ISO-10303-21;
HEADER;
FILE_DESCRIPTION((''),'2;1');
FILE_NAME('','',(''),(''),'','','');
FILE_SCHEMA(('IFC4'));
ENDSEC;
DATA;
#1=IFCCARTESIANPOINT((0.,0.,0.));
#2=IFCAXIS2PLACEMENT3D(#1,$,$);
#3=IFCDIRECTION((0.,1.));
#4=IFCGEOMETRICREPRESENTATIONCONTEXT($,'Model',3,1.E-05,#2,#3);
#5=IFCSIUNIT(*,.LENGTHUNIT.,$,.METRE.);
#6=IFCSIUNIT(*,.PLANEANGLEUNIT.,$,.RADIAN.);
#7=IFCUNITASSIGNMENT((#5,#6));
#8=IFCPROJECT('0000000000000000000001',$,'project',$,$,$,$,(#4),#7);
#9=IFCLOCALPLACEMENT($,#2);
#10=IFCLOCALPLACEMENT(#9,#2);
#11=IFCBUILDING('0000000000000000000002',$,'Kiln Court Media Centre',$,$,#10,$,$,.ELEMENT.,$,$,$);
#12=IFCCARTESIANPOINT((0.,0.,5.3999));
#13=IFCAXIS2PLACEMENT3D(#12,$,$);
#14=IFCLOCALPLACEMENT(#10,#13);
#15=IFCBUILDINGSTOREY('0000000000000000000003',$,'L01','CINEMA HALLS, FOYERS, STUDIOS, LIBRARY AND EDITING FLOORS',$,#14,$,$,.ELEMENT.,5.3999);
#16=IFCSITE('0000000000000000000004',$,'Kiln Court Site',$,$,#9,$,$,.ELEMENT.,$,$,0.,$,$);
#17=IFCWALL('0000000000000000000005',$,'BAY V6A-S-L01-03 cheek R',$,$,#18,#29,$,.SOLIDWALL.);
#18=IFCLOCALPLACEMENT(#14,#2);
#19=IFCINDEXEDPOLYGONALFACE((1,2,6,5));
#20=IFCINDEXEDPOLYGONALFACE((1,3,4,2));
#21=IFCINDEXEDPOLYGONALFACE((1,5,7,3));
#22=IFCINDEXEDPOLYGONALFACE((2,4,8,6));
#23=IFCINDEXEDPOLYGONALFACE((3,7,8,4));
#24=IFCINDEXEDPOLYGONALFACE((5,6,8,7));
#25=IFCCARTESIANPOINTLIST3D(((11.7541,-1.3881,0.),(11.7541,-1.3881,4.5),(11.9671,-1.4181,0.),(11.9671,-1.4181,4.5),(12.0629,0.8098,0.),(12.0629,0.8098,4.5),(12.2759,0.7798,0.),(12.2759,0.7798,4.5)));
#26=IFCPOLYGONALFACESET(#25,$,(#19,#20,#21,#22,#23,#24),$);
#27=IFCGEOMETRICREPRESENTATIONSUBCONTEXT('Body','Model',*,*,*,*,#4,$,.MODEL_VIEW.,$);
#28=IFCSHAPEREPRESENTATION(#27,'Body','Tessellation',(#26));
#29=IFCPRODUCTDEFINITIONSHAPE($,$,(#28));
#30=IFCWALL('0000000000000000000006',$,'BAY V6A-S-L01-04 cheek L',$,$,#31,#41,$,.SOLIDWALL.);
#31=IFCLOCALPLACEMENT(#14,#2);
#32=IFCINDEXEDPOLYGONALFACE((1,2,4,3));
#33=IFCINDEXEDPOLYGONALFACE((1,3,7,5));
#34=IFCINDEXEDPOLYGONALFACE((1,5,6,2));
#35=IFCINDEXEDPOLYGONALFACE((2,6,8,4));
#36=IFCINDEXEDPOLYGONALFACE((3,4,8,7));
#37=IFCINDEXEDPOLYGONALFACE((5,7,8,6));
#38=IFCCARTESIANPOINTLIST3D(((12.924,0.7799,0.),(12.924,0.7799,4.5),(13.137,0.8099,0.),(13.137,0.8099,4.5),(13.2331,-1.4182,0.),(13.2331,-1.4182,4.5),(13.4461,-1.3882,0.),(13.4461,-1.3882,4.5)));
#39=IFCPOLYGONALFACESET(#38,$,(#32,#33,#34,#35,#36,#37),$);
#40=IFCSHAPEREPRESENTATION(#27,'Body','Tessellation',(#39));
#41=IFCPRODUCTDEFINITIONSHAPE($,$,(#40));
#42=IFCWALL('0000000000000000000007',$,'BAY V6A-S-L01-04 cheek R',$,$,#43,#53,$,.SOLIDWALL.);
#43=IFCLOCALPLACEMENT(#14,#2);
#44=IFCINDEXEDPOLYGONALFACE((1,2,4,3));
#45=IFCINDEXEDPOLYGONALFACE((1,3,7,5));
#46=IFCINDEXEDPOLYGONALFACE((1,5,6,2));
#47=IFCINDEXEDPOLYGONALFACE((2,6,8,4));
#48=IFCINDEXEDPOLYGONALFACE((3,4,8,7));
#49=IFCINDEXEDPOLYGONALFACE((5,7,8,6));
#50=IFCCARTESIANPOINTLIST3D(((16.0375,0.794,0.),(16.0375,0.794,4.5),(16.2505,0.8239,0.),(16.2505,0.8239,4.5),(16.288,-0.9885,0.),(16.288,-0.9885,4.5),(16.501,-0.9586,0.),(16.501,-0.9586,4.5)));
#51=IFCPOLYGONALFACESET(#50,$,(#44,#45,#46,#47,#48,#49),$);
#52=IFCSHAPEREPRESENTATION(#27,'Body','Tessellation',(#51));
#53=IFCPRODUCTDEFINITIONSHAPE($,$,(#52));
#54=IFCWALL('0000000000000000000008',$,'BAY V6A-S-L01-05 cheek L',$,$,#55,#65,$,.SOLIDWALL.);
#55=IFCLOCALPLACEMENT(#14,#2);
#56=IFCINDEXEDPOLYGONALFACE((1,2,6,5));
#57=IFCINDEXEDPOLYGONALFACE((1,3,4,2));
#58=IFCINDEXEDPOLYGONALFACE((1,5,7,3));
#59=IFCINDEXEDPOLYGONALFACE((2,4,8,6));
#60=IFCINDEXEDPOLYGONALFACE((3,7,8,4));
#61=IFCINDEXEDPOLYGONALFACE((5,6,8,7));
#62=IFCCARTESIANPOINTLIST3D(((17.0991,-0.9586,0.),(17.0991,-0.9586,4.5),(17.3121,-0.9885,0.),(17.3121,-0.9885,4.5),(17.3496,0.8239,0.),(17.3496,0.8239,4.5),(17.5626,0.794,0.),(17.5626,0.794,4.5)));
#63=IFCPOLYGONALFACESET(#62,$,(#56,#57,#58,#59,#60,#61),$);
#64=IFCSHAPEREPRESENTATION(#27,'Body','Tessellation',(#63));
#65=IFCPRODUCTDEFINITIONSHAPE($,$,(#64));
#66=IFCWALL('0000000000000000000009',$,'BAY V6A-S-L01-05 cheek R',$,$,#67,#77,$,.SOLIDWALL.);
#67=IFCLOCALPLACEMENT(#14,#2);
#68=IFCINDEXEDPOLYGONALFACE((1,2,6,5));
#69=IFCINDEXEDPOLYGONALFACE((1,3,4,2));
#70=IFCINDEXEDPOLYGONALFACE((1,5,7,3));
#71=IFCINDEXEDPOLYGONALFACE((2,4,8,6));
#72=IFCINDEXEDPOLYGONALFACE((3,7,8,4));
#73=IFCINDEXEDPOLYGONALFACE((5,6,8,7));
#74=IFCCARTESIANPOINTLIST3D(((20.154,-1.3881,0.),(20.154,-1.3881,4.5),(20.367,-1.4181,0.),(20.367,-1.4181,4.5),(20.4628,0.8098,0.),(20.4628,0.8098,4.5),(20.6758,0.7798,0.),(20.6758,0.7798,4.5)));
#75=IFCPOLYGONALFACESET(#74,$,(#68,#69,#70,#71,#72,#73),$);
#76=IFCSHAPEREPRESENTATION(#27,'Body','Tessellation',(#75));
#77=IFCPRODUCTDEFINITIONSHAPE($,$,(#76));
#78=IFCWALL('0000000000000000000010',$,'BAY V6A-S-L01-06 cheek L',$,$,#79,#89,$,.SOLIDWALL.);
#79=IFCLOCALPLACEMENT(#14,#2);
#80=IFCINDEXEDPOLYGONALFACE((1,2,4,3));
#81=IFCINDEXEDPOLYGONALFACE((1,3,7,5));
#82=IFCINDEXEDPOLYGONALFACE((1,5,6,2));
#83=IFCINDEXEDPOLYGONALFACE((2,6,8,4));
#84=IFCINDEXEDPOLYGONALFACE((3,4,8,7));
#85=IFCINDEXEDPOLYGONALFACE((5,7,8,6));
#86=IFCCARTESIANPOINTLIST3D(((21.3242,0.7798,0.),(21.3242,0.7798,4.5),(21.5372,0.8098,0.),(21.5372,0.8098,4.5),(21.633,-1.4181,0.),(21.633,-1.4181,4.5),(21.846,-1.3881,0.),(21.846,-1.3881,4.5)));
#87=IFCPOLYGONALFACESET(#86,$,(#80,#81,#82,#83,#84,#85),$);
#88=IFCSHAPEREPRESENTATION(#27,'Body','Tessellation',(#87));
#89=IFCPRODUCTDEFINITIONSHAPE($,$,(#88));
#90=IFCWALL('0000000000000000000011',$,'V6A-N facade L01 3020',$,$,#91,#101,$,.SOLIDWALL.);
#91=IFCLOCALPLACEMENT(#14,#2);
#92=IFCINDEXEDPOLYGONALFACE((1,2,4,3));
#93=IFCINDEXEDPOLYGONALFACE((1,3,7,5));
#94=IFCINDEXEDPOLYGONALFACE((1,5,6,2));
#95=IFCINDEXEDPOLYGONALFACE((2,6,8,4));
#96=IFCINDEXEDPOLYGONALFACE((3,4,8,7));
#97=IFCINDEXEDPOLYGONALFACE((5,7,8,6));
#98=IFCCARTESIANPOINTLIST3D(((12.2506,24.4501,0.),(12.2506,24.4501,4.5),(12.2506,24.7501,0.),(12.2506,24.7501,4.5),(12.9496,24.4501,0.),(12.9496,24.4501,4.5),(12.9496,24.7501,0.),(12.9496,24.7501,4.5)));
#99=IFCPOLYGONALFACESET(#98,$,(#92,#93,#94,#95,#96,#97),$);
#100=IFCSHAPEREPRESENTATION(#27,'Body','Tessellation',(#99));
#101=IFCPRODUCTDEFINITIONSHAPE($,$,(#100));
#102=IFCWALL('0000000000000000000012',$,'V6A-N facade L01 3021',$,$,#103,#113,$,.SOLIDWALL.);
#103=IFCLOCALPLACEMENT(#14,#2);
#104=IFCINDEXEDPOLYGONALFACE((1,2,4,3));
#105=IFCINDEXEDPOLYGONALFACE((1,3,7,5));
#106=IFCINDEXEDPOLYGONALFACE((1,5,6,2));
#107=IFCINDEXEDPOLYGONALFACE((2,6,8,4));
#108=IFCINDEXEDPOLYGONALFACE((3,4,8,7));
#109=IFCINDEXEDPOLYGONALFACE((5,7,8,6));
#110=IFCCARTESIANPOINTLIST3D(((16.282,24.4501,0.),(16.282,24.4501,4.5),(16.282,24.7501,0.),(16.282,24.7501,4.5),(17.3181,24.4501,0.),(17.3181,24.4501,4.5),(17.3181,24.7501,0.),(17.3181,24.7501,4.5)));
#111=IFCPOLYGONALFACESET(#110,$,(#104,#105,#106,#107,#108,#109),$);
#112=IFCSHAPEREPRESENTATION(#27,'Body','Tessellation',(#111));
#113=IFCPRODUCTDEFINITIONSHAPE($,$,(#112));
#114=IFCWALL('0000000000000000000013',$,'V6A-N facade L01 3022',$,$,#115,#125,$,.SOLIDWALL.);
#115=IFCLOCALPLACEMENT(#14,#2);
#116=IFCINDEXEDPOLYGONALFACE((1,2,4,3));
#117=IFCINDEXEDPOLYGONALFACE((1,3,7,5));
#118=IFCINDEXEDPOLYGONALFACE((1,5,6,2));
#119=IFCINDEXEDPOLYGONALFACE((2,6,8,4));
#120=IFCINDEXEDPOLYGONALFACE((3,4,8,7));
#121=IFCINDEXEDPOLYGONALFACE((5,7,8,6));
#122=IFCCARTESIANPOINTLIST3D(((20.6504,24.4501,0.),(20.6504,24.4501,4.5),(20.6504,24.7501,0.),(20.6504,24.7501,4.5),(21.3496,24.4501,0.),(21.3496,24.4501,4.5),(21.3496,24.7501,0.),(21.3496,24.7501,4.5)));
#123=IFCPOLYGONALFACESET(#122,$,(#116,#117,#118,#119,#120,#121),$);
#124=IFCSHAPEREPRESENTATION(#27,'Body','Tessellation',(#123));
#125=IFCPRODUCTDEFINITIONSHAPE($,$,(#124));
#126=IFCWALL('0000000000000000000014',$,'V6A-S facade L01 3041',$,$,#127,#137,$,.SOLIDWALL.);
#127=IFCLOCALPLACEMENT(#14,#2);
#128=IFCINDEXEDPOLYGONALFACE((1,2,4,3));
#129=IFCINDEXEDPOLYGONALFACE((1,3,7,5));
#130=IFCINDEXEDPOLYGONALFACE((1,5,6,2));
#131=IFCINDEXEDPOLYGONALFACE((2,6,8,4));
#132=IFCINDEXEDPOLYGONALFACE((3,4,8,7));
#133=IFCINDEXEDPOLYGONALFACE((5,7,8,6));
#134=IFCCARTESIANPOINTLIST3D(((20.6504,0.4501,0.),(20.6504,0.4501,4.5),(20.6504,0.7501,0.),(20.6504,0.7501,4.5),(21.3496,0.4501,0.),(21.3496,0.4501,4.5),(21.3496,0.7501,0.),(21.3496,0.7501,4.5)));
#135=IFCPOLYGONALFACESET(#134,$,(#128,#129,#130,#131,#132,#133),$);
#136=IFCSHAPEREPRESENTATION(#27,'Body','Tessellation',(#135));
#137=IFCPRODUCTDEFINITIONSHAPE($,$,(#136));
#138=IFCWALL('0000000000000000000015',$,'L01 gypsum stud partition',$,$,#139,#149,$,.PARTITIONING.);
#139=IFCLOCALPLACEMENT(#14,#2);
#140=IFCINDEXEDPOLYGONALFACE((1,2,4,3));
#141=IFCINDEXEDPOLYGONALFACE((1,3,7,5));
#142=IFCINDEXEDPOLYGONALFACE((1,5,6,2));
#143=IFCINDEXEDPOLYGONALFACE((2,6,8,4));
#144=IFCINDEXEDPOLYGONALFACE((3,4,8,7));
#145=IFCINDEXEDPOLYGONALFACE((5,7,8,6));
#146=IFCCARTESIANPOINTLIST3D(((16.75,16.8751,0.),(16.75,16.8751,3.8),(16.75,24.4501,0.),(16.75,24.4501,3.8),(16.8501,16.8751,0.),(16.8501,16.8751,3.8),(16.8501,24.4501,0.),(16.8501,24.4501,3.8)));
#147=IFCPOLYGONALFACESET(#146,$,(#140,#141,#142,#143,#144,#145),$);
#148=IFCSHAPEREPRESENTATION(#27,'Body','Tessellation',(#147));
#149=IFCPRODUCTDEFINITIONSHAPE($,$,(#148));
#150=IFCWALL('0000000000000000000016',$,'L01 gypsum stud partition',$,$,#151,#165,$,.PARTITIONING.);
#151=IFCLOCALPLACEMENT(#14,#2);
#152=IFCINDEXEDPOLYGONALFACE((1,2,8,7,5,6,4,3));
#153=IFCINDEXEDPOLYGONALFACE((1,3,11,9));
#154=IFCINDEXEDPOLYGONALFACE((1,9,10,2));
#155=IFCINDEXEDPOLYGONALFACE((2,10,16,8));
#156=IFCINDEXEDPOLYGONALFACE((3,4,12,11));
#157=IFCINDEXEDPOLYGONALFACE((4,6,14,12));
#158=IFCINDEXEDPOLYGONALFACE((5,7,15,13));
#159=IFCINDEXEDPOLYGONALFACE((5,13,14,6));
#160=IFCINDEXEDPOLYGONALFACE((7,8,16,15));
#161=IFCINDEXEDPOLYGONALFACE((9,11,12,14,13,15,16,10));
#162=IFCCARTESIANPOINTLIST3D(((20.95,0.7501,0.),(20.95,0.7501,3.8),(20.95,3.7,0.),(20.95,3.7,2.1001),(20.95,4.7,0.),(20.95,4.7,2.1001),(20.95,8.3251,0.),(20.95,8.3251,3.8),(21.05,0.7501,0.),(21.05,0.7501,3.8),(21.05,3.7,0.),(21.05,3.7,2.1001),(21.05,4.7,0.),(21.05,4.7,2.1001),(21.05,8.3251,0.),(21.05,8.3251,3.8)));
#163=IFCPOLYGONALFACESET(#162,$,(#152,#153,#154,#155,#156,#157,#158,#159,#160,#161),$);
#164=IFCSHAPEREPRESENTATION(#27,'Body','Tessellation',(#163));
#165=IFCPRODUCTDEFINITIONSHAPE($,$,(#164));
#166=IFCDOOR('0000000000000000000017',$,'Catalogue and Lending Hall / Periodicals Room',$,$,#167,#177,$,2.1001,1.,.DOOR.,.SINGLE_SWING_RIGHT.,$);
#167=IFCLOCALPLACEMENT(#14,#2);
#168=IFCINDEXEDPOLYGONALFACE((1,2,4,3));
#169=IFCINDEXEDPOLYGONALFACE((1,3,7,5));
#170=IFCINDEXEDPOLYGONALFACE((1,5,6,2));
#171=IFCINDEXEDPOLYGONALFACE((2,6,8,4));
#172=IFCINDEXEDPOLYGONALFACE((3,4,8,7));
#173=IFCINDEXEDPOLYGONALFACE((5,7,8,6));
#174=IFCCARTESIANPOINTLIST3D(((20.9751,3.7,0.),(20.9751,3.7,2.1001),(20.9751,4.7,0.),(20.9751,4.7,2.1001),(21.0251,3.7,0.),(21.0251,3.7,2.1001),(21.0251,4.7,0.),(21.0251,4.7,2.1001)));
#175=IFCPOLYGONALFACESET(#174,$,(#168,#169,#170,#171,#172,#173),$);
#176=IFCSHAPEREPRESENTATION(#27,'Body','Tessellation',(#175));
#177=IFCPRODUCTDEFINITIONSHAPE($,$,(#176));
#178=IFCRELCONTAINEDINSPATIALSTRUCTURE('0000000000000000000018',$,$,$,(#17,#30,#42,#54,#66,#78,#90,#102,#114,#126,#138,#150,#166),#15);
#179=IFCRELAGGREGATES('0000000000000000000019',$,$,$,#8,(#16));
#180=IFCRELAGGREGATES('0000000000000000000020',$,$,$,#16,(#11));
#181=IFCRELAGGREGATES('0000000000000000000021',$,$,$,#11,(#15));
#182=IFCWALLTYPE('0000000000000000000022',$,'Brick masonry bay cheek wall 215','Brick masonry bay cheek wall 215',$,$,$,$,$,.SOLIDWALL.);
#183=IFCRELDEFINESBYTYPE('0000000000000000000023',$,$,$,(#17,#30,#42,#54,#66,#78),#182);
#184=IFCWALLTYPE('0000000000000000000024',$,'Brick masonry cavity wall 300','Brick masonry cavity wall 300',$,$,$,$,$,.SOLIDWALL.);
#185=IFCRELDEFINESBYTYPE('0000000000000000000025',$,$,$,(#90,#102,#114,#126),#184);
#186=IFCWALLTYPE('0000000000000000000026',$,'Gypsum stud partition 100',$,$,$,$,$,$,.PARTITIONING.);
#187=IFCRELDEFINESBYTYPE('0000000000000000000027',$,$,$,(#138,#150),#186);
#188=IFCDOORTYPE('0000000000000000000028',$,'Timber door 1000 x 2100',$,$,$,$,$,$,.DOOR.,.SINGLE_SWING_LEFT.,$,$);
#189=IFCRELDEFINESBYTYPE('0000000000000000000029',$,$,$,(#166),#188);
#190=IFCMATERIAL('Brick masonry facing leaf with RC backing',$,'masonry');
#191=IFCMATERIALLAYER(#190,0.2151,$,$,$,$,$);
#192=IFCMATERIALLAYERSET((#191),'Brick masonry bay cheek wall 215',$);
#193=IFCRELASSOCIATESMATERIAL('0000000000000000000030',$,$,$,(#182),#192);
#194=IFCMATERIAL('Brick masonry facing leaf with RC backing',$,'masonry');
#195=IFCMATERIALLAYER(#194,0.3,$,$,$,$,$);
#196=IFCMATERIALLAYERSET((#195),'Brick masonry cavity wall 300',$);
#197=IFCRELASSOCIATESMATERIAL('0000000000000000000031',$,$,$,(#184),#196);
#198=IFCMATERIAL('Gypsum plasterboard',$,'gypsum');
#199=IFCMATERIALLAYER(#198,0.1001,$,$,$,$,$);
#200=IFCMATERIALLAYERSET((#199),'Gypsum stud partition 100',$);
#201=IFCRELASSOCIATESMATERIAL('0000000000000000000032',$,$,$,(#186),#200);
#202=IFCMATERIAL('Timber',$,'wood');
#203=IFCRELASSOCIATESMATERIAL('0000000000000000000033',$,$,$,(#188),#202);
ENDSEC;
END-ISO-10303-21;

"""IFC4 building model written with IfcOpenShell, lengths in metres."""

from ifc_helpers import new_model, si_unit, direction, frame, frame_2d, origin, place, context, subcontext, project, spatial, rectangle, extrude, material, layer, layer_set, type_object, element, fill, save


model = new_model("IFC4")

# Units and contexts
model_context = context("Model", 3, precision=1e-05, world=origin(), true_north=direction((0.0, 1.0)))
body_context = subcontext(model_context, "Body", "Model", "MODEL_VIEW")
ifc_project = project(units=[si_unit("LENGTHUNIT", "METRE"), si_unit("PLANEANGLEUNIT", "RADIAN")], contexts=[model_context])

# Site, building, storey
site_placement = place(None, origin())
site = spatial("IfcSite", under=ifc_project, at=site_placement, Name="Kiln Court Site", CompositionType="ELEMENT", RefElevation=0.0)
building_placement = place(site_placement, origin())
building = spatial("IfcBuilding", under=site, at=building_placement, Name="Kiln Court Media Centre", CompositionType="ELEMENT")
storey_placement = place(building_placement, frame((0.0, 0.0, 5.3999)))
storey = spatial("IfcBuildingStorey", under=building, at=storey_placement, Name="L01", Description="CINEMA HALLS, FOYERS, STUDIOS, LIBRARY AND EDITING FLOORS", CompositionType="ELEMENT", Elevation=5.3999)

# Walls
ifc_material_1 = material(Name="Brick masonry facing leaf with RC backing", Category="masonry")
ifc_layer_1 = layer(ifc_material_1, 0.2151)
ifc_layer_set_1 = layer_set([ifc_layer_1], Name="Brick masonry bay cheek wall 215")
wall_type_1 = type_object("IfcWallType", Name="Brick masonry bay cheek wall 215", Description="Brick masonry bay cheek wall 215", PredefinedType="SOLIDWALL", material=ifc_layer_set_1)
wall_1_placement = place(storey_placement, frame((12.1694, 0.7949, 0.0), z_axis=(0.0, 0.0, 1.0), x_axis=(-0.139142, -0.990272, 0.0)))
element("IfcWall", 1, at=wall_1_placement, inside=storey, type_object=wall_type_1, Name="BAY V6A-S-L01-03 cheek R", PredefinedType="SOLIDWALL", context=body_context, shape_type="SweptSolid", body=[
    extrude(rectangle(XDim=2.2195, YDim=0.2151, at=frame_2d((1.1099, 0.0))), origin(), (0.0, 0.0, 1.0), 4.5),
])
wall_2_placement = place(storey_placement, frame((13.0305, 0.7949, 0.0), z_axis=(0.0, 0.0, 1.0), x_axis=(0.13925, -0.990257, 0.0)))
element("IfcWall", 2, at=wall_2_placement, inside=storey, type_object=wall_type_1, Name="BAY V6A-S-L01-04 cheek L", PredefinedType="SOLIDWALL", context=body_context, shape_type="SweptSolid", body=[
    extrude(rectangle(XDim=2.2197, YDim=0.2151, at=frame_2d((1.1099, 0.0))), origin(), (0.0, 0.0, 1.0), 4.5),
])
for number, where, z_axis, x_axis, name in (
    (3, (16.144, 0.8088, 0.0), (0.0, 0.0, 1.0), (0.139161, -0.99027, 0.0), "BAY V6A-S-L01-04 cheek R"),
    (4, (17.4561, 0.8088, 0.0), (0.0, 0.0, 1.0), (-0.139161, -0.99027, 0.0), "BAY V6A-S-L01-05 cheek L"),
):
    element("IfcWall", number, at=place(storey_placement, frame(where, z_axis=z_axis, x_axis=x_axis)), inside=storey, type_object=wall_type_1, Name=name, PredefinedType="SOLIDWALL", context=body_context, shape_type="SweptSolid", body=[
        extrude(rectangle(XDim=1.8, YDim=0.2151, at=frame_2d((0.8999, 0.0))), origin(), (0.0, 0.0, 1.0), 4.5),
    ])
for number, where, z_axis, x_axis, name in (
    (5, (20.5693, 0.7949, 0.0), (0.0, 0.0, 1.0), (-0.139142, -0.990272, 0.0), "BAY V6A-S-L01-05 cheek R"),
    (6, (21.4307, 0.7949, 0.0), (0.0, 0.0, 1.0), (0.139142, -0.990272, 0.0), "BAY V6A-S-L01-06 cheek L"),
):
    element("IfcWall", number, at=place(storey_placement, frame(where, z_axis=z_axis, x_axis=x_axis)), inside=storey, type_object=wall_type_1, Name=name, PredefinedType="SOLIDWALL", context=body_context, shape_type="SweptSolid", body=[
        extrude(rectangle(XDim=2.2195, YDim=0.2151, at=frame_2d((1.1099, 0.0))), origin(), (0.0, 0.0, 1.0), 4.5),
    ])
ifc_material_2 = material(Name="Brick masonry facing leaf with RC backing", Category="masonry")
ifc_layer_2 = layer(ifc_material_2, 0.3)
ifc_layer_set_2 = layer_set([ifc_layer_2], Name="Brick masonry cavity wall 300")
wall_type_2 = type_object("IfcWallType", Name="Brick masonry cavity wall 300", Description="Brick masonry cavity wall 300", PredefinedType="SOLIDWALL", material=ifc_layer_set_2)
wall_3_placement = place(storey_placement, frame((12.2505, 24.6001, 0.0), z_axis=(0.0, 0.0, 1.0), x_axis=(1.0, 0.0, 0.0)))
element("IfcWall", 7, at=wall_3_placement, inside=storey, type_object=wall_type_2, Name="V6A-N facade L01 3020", PredefinedType="SOLIDWALL", context=body_context, shape_type="SweptSolid", body=[
    extrude(rectangle(XDim=0.699, YDim=0.3, at=frame_2d((0.3496, 0.0))), origin(), (0.0, 0.0, 1.0), 4.5),
])
wall_4_placement = place(storey_placement, frame((16.282, 24.6001, 0.0), z_axis=(0.0, 0.0, 1.0), x_axis=(1.0, 0.0, 0.0)))
element("IfcWall", 8, at=wall_4_placement, inside=storey, type_object=wall_type_2, Name="V6A-N facade L01 3021", PredefinedType="SOLIDWALL", context=body_context, shape_type="SweptSolid", body=[
    extrude(rectangle(XDim=1.0361, YDim=0.3, at=frame_2d((0.5181, 0.0))), origin(), (0.0, 0.0, 1.0), 4.5),
])
for number, where, z_axis, x_axis, name in (
    (9, (20.6504, 24.6001, 0.0), (0.0, 0.0, 1.0), (1.0, 0.0, 0.0), "V6A-N facade L01 3022"),
    (10, (21.3496, 0.6001, 0.0), (0.0, 0.0, 1.0), (-1.0, 0.0, 0.0), "V6A-S facade L01 3041"),
):
    element("IfcWall", number, at=place(storey_placement, frame(where, z_axis=z_axis, x_axis=x_axis)), inside=storey, type_object=wall_type_2, Name=name, PredefinedType="SOLIDWALL", context=body_context, shape_type="SweptSolid", body=[
        extrude(rectangle(XDim=0.6992, YDim=0.3, at=frame_2d((0.3496, 0.0))), origin(), (0.0, 0.0, 1.0), 4.5),
    ])
ifc_material_3 = material(Name="Gypsum plasterboard", Category="gypsum")
ifc_layer_3 = layer(ifc_material_3, 0.1001)
ifc_layer_set_3 = layer_set([ifc_layer_3], Name="Gypsum stud partition 100")
wall_type_3 = type_object("IfcWallType", Name="Gypsum stud partition 100", PredefinedType="PARTITIONING", material=ifc_layer_set_3)
wall_5_placement = place(storey_placement, frame((16.8, 16.875, 0.0), z_axis=(0.0, 0.0, 1.0), x_axis=(0.0, 1.0, 0.0)))
element("IfcWall", 11, at=wall_5_placement, inside=storey, type_object=wall_type_3, Name="L01 gypsum stud partition", PredefinedType="PARTITIONING", context=body_context, shape_type="SweptSolid", body=[
    extrude(rectangle(XDim=7.575, YDim=0.1001, at=frame_2d((3.7876, 0.0))), origin(), (0.0, 0.0, 1.0), 3.8),
])

# Wall, opening, door
wall_6_placement = place(storey_placement, frame((21.0, 0.75, 0.0), z_axis=(0.0, 0.0, 1.0), x_axis=(0.0, 1.0, 0.0)))
wall_6 = element("IfcWall", 12, at=wall_6_placement, inside=storey, type_object=wall_type_3, Name="L01 gypsum stud partition", PredefinedType="PARTITIONING", context=body_context, shape_type="SweptSolid", body=[
    extrude(rectangle(XDim=7.575, YDim=0.1001, at=frame_2d((3.7876, 0.0))), origin(), (0.0, 0.0, 1.0), 3.8),
])
opening_placement = place(wall_6_placement, frame((2.95, 0.0, 0.0)))
opening = element("IfcOpeningElement", 13, at=opening_placement, cuts=wall_6, PredefinedType="OPENING", context=body_context, shape_type="SweptSolid", body=[
    extrude(rectangle(XDim=1.0, YDim=2.1001, at=frame_2d((0.5, 1.05))), frame((0.0, 0.0601, 0.0), z_axis=(0.0, -1.0, 0.0), x_axis=(1.0, 0.0, 0.0)), (0.0, 0.0, 1.0), 0.1201),
])
ifc_material_4 = material(Name="Timber", Category="wood")
door_type = type_object("IfcDoorType", Name="Timber door 1000 x 2100", OperationType="SINGLE_SWING_LEFT", PredefinedType="DOOR", material=ifc_material_4)
door_placement = place(opening_placement, origin())
door = element("IfcDoor", 14, at=door_placement, inside=storey, type_object=door_type, Name="Catalogue and Lending Hall / Periodicals Room", OperationType="SINGLE_SWING_RIGHT", OverallHeight=2.1001, OverallWidth=1.0, PredefinedType="DOOR", context=body_context, shape_type="SweptSolid", body=[
    extrude(rectangle(XDim=1.0, YDim=2.1001, at=frame_2d((0.5, 1.05))), frame((0.0, 0.0249, 0.0), z_axis=(0.0, -1.0, 0.0), x_axis=(1.0, 0.0, 0.0)), (0.0, 0.0, 1.0), 0.05),
])
fill(opening, door)

save(model, "model.ifc")
